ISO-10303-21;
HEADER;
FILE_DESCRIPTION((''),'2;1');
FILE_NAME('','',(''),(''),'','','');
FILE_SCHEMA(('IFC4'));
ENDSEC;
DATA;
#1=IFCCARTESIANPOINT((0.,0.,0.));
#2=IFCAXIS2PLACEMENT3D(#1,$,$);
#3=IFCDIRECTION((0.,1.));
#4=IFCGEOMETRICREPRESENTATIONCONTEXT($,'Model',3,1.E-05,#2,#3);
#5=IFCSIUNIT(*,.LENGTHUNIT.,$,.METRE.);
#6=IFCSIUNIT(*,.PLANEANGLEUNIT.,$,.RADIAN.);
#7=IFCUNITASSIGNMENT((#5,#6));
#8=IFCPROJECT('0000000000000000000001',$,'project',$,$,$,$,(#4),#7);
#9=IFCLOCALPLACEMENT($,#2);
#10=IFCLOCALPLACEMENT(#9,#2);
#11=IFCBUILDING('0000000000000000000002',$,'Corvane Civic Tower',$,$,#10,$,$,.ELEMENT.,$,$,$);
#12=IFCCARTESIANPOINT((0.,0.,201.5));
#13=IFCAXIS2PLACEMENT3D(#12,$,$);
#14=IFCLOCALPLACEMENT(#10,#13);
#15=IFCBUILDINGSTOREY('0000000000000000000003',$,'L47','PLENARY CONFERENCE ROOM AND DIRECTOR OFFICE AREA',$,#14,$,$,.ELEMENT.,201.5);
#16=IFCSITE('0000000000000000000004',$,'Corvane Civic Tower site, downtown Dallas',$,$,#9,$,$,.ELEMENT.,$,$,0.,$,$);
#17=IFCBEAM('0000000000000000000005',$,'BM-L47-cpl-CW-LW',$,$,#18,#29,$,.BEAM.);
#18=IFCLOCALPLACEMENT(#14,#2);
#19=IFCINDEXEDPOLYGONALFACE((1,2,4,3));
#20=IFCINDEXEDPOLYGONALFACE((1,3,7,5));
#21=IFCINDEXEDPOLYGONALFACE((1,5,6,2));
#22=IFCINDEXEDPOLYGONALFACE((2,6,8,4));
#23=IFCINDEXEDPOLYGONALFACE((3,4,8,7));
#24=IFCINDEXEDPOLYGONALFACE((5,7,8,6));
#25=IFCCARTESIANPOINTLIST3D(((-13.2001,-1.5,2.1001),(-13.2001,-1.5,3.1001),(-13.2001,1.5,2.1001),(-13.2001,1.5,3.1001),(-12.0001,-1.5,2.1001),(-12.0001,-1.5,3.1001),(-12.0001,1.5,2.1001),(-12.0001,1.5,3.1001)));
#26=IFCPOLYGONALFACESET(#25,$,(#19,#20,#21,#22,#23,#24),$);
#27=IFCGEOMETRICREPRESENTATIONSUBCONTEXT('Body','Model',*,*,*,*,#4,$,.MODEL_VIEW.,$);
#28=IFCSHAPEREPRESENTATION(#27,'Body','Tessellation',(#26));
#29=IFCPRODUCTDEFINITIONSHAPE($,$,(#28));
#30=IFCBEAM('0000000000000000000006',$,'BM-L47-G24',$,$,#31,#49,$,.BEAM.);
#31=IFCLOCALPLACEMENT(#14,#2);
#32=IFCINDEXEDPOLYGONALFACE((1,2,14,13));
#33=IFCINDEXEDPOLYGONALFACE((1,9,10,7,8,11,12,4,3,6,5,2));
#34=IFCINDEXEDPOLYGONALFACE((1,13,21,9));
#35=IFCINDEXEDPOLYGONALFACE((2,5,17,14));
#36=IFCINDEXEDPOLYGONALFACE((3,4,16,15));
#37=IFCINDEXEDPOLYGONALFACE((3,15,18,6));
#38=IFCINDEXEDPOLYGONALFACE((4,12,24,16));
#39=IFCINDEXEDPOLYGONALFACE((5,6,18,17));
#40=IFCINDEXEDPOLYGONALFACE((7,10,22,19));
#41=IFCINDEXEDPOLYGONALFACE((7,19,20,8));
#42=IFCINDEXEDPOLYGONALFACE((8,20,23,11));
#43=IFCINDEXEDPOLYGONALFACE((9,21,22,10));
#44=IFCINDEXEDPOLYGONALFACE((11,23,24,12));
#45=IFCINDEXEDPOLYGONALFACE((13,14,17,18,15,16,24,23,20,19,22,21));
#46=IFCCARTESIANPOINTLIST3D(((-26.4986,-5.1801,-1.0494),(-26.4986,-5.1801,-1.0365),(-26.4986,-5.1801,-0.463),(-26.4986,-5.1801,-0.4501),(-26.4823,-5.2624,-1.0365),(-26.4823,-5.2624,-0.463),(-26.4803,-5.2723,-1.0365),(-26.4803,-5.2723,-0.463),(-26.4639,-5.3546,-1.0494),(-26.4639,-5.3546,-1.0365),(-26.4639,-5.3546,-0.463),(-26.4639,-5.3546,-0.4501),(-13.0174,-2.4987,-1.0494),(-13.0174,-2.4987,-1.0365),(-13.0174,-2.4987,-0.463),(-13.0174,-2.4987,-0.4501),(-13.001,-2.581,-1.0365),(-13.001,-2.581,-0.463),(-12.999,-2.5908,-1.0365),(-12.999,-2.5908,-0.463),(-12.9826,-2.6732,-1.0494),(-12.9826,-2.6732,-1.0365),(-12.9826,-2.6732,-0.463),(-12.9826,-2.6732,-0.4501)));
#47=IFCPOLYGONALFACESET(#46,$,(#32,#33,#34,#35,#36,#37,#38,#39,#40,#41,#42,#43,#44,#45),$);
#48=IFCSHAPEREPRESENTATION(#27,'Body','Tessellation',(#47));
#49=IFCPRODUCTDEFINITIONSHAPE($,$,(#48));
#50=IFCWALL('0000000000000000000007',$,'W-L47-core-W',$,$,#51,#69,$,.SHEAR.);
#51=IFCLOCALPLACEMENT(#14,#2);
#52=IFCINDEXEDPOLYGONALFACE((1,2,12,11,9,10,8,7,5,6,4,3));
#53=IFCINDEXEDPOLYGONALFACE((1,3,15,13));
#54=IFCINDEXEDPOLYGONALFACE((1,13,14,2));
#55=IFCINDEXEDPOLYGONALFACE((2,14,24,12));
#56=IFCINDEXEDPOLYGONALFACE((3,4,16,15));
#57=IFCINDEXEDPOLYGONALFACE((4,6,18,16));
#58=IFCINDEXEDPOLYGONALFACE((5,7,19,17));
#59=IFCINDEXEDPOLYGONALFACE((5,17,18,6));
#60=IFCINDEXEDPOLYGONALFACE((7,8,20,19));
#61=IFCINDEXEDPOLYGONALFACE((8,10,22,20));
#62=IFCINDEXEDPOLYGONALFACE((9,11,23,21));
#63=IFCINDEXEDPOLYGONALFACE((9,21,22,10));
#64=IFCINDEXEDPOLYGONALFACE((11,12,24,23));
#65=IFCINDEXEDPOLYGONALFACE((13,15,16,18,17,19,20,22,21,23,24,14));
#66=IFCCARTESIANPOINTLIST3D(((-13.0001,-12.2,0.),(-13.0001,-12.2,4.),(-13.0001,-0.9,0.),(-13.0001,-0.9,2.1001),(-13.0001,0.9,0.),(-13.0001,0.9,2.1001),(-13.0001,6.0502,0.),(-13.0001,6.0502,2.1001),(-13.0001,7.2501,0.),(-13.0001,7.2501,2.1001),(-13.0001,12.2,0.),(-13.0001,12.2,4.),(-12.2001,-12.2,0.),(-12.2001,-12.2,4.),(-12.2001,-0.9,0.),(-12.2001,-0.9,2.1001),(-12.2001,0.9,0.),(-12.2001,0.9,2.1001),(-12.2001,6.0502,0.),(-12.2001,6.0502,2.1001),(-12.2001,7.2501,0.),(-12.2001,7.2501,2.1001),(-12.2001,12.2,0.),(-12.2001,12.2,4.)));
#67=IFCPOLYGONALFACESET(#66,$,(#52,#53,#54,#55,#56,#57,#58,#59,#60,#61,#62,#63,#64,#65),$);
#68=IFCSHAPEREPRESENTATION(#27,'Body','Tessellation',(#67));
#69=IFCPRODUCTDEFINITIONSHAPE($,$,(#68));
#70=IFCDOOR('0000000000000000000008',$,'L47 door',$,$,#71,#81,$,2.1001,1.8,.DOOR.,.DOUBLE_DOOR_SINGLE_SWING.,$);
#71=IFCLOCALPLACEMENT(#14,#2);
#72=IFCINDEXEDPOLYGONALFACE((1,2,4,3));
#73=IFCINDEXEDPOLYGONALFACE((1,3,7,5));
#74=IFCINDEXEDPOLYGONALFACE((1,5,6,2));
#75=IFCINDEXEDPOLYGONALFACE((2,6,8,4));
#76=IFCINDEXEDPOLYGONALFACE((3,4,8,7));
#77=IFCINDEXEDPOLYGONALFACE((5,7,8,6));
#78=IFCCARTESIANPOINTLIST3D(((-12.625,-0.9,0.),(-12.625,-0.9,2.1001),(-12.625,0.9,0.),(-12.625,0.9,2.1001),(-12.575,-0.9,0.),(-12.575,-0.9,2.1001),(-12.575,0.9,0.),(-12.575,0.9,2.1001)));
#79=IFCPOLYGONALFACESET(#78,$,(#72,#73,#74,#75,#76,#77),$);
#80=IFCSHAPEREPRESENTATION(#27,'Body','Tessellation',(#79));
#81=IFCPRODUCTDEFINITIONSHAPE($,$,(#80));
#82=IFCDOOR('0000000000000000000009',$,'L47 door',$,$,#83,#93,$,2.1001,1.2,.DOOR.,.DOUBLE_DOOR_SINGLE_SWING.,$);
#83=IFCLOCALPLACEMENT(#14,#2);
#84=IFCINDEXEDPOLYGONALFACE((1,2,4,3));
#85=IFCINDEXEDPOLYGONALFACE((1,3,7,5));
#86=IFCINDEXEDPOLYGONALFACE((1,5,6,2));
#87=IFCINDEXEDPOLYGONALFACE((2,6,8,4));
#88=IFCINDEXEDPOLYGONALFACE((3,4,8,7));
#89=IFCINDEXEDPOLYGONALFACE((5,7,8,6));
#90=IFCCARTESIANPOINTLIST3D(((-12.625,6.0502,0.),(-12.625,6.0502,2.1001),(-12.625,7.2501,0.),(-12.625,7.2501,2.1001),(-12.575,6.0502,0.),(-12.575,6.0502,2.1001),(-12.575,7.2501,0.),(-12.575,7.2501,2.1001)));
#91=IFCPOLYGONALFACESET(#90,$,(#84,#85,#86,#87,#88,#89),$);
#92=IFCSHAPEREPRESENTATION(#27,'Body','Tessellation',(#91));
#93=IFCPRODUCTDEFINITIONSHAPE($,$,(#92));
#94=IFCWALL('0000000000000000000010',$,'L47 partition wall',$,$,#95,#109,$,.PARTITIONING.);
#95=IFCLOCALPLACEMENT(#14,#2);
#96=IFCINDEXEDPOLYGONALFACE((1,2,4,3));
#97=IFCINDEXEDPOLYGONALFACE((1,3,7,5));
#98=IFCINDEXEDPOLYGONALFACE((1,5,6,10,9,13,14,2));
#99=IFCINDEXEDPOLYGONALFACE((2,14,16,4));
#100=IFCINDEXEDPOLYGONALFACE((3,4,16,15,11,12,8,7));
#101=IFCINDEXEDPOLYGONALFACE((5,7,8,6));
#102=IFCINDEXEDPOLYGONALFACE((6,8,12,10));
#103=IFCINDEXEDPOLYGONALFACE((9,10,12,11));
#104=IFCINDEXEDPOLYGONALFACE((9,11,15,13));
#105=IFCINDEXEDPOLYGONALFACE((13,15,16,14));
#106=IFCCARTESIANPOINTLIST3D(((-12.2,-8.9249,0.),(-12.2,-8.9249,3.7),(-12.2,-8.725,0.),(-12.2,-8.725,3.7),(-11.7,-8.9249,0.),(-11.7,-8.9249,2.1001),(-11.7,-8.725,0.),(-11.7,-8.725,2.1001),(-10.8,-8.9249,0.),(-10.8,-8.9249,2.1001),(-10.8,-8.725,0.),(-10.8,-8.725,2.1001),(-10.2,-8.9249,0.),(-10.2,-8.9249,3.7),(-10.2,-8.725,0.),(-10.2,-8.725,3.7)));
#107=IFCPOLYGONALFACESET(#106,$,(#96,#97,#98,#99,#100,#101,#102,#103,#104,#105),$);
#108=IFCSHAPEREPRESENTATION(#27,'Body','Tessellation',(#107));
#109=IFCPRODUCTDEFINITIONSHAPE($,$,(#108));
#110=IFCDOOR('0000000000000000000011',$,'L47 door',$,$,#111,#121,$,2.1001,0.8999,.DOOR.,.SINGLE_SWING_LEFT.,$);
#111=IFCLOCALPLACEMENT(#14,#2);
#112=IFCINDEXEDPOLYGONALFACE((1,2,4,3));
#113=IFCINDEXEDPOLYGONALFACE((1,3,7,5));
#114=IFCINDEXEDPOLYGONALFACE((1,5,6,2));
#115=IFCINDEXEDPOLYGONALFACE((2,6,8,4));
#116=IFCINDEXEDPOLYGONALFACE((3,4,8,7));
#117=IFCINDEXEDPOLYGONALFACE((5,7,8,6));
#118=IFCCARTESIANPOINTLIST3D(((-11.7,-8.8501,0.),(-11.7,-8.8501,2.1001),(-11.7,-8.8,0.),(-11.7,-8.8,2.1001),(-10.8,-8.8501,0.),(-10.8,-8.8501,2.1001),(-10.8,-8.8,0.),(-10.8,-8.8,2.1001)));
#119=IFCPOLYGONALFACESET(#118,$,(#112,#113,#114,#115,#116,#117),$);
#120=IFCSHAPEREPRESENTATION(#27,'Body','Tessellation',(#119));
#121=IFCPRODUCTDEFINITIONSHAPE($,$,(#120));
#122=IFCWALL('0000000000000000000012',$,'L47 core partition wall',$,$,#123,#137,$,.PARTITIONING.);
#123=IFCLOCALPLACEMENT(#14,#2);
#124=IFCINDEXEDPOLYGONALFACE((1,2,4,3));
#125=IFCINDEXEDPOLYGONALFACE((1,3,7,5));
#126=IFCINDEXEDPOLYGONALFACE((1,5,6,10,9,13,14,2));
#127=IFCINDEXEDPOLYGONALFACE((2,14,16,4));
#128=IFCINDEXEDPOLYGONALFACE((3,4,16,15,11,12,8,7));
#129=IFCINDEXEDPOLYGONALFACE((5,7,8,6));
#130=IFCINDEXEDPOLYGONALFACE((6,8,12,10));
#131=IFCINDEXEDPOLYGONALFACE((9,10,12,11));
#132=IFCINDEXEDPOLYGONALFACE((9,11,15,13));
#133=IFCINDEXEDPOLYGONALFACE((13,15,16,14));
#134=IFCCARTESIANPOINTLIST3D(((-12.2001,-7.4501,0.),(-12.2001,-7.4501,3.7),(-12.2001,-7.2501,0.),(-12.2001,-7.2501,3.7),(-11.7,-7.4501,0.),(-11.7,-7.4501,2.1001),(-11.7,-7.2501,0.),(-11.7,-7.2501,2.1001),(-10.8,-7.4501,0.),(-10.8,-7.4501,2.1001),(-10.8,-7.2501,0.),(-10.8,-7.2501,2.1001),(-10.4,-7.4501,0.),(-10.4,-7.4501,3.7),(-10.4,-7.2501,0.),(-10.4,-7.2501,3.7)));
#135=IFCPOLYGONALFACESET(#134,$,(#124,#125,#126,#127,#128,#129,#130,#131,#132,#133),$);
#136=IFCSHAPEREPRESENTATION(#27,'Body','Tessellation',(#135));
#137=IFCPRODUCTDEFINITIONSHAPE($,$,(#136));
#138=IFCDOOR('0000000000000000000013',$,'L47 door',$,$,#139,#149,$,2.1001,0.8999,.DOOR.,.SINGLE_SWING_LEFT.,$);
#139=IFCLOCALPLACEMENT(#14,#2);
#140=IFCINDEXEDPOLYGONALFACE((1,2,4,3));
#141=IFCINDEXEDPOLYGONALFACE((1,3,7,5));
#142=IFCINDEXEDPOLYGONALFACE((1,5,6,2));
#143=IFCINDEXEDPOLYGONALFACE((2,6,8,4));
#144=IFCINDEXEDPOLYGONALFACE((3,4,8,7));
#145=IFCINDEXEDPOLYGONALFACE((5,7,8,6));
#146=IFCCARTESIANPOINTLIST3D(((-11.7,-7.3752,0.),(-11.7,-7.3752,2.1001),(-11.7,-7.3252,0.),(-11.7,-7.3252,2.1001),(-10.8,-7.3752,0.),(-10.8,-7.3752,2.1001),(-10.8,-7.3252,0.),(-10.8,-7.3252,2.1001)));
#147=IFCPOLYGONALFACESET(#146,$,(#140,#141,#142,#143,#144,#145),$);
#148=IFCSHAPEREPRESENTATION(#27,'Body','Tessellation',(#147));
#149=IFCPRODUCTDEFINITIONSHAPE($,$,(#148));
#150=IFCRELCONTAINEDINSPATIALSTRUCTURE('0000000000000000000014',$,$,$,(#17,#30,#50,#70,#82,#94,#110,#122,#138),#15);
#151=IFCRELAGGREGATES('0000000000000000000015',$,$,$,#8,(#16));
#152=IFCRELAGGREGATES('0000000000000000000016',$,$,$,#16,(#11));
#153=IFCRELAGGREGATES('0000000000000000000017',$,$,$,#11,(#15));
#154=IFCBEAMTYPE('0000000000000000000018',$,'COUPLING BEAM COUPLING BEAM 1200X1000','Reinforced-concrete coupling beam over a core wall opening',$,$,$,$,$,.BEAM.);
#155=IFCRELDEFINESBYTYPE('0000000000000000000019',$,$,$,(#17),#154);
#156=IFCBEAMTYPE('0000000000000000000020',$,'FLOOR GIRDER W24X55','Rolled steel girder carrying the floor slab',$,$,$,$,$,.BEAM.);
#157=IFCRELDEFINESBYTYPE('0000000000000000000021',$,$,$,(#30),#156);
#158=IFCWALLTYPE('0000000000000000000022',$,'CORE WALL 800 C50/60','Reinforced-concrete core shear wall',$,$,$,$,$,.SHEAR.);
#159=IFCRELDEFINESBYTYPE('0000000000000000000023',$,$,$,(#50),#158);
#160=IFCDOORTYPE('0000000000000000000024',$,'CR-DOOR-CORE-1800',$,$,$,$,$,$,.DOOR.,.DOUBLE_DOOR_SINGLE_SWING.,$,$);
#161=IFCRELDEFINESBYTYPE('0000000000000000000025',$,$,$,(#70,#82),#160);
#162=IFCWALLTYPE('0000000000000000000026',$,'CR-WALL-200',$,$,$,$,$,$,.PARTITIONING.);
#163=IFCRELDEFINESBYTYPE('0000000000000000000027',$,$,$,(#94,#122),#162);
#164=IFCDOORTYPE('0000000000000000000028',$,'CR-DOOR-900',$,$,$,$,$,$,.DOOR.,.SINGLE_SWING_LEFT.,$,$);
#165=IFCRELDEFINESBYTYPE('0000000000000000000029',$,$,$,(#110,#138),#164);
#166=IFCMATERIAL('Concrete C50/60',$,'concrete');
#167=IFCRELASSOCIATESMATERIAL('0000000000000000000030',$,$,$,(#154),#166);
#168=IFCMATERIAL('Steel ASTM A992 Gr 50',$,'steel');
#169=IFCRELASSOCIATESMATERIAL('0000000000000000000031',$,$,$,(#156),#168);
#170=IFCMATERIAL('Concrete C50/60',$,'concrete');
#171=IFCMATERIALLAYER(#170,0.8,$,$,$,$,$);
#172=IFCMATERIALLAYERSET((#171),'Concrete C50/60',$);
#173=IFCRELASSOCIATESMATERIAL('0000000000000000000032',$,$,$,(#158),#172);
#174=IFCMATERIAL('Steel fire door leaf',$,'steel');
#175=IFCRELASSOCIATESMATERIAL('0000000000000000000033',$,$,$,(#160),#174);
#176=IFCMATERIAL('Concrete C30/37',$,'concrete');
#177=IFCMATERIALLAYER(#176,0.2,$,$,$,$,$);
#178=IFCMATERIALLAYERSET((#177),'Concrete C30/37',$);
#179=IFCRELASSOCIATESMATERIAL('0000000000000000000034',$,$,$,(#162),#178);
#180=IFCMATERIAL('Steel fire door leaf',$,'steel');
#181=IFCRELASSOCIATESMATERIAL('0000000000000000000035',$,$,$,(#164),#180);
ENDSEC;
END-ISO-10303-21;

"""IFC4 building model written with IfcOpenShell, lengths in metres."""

from ifc_helpers import new_model, si_unit, direction, frame, frame_2d, origin, origin_2d, place, context, subcontext, project, spatial, rectangle, i_section, extrude, material, layer, layer_set, material_profile, profile_set, type_object, element, fill, save


model = new_model("IFC4")

# Units and contexts
model_context = context("Model", 3, precision=1e-05, world=origin(), true_north=direction((0.0, 1.0)))
body_context = subcontext(model_context, "Body", "Model", "MODEL_VIEW")
ifc_project = project(units=[si_unit("LENGTHUNIT", "METRE"), si_unit("PLANEANGLEUNIT", "RADIAN")], contexts=[model_context])

# Site, building, storey
site_placement = place(None, origin())
site = spatial("IfcSite", under=ifc_project, at=site_placement, Name="Corvane Civic Tower site, downtown Dallas", CompositionType="ELEMENT", RefElevation=0.0)
building_placement = place(site_placement, origin())
building = spatial("IfcBuilding", under=site, at=building_placement, Name="Corvane Civic Tower", CompositionType="ELEMENT")
storey_placement = place(building_placement, frame((0.0, 0.0, 201.5)))
storey = spatial("IfcBuildingStorey", under=building, at=storey_placement, Name="L47", Description="PLENARY CONFERENCE ROOM AND DIRECTOR OFFICE AREA", CompositionType="ELEMENT", Elevation=201.5)

# Beams
ifc_material_1 = material(Name="Concrete C50/60", Category="concrete")
ifc_material_profile_1 = material_profile(ifc_material_1, rectangle(XDim=1.2, YDim=1.0, at=origin_2d()), Name="COUPLING BEAM 1200X1000")
ifc_profile_set_1 = profile_set([ifc_material_profile_1], Name="Concrete C50/60")
beam_type_1 = type_object("IfcBeamType", Name="COUPLING BEAM COUPLING BEAM 1200X1000", Description="Reinforced-concrete coupling beam over a core wall opening", PredefinedType="BEAM", material=ifc_profile_set_1)
beam_1_placement = place(storey_placement, frame((-12.6001, -1.5, 2.6001), z_axis=(0.0, 1.0, 0.0), x_axis=(-1.0, 0.0, 0.0)))
element("IfcBeam", 1, at=beam_1_placement, inside=storey, type_object=beam_type_1, Name="BM-L47-cpl-CW-LW", PredefinedType="BEAM", context=body_context, shape_type="SweptSolid", body=[
    extrude(rectangle(XDim=1.2, YDim=1.0, at=origin_2d()), origin(), (0.0, 0.0, 1.0), 3.0),
])
ifc_material_2 = material(Name="Steel ASTM A992 Gr 50", Category="steel")
ifc_material_profile_2 = material_profile(ifc_material_2, i_section(OverallWidth=0.178, OverallDepth=0.5994, WebThickness=0.01, FlangeThickness=0.0129, at=origin_2d()), Name="W24X55")
ifc_profile_set_2 = profile_set([ifc_material_profile_2], Name="Steel ASTM A992 Gr 50")
beam_type_2 = type_object("IfcBeamType", Name="FLOOR GIRDER W24X55", Description="Rolled steel girder carrying the floor slab", PredefinedType="BEAM", material=ifc_profile_set_2)
beam_2_placement = place(storey_placement, frame((-13.0, -2.5859, -0.7498), z_axis=(-0.980788, -0.195078, 0.0), x_axis=(0.195078, -0.980788, 0.0)))
element("IfcBeam", 2, at=beam_2_placement, inside=storey, type_object=beam_type_2, Name="BM-L47-G24", PredefinedType="BEAM", context=body_context, shape_type="SweptSolid", body=[
    extrude(i_section(OverallWidth=0.178, OverallDepth=0.5994, WebThickness=0.01, FlangeThickness=0.0129, at=origin_2d()), origin(), (0.0, 0.0, 1.0), 13.7454),
])

# Wall, openings, doors
ifc_material_3 = material(Name="Concrete C50/60", Category="concrete")
ifc_layer_1 = layer(ifc_material_3, 0.8)
ifc_layer_set_1 = layer_set([ifc_layer_1], Name="Concrete C50/60")
wall_type_1 = type_object("IfcWallType", Name="CORE WALL 800 C50/60", Description="Reinforced-concrete core shear wall", PredefinedType="SHEAR", material=ifc_layer_set_1)
wall_1_placement = place(storey_placement, frame((-12.6001, -12.2, 0.0), z_axis=(0.0, 0.0, 1.0), x_axis=(0.0, 1.0, 0.0)))
wall_1 = element("IfcWall", 3, at=wall_1_placement, inside=storey, type_object=wall_type_1, Name="W-L47-core-W", PredefinedType="SHEAR", context=body_context, shape_type="SweptSolid", body=[
    extrude(rectangle(XDim=24.3999, YDim=0.8, at=frame_2d((12.2, 0.0))), origin(), (0.0, 0.0, 1.0), 4.0),
])
opening_1_placement = place(wall_1_placement, frame((11.3, 0.0, 0.0)))
opening_1 = element("IfcOpeningElement", 4, at=opening_1_placement, cuts=wall_1, PredefinedType="OPENING", context=body_context, shape_type="SweptSolid", body=[
    extrude(rectangle(XDim=1.8, YDim=2.1001, at=frame_2d((0.8999, 1.05))), frame((0.0, 0.4099, 0.0), z_axis=(0.0, -1.0, 0.0), x_axis=(1.0, 0.0, 0.0)), (0.0, 0.0, 1.0), 0.8201),
])
opening_2_placement = place(wall_1_placement, frame((18.25, 0.0, 0.0)))
opening_2 = element("IfcOpeningElement", 5, at=opening_2_placement, cuts=wall_1, PredefinedType="OPENING", context=body_context, shape_type="SweptSolid", body=[
    extrude(rectangle(XDim=1.2, YDim=2.1001, at=frame_2d((0.6001, 1.05))), frame((0.0, 0.4099, 0.0), z_axis=(0.0, -1.0, 0.0), x_axis=(1.0, 0.0, 0.0)), (0.0, 0.0, 1.0), 0.8201),
])
ifc_material_4 = material(Name="Steel fire door leaf", Category="steel")
door_type_1 = type_object("IfcDoorType", Name="CR-DOOR-CORE-1800", OperationType="DOUBLE_DOOR_SINGLE_SWING", PredefinedType="DOOR", material=ifc_material_4)
door_1_placement = place(opening_1_placement, origin())
door_1 = element("IfcDoor", 6, at=door_1_placement, inside=storey, type_object=door_type_1, Name="L47 door", OperationType="DOUBLE_DOOR_SINGLE_SWING", OverallHeight=2.1001, OverallWidth=1.8, PredefinedType="DOOR", context=body_context, shape_type="SweptSolid", body=[
    extrude(rectangle(XDim=1.8, YDim=2.1001, at=frame_2d((0.8999, 1.05))), frame((0.0, 0.0249, 0.0), z_axis=(0.0, -1.0, 0.0), x_axis=(1.0, 0.0, 0.0)), (0.0, 0.0, 1.0), 0.05),
])
fill(opening_1, door_1)
door_2_placement = place(opening_2_placement, origin())
door_2 = element("IfcDoor", 7, at=door_2_placement, inside=storey, type_object=door_type_1, Name="L47 door", OperationType="DOUBLE_DOOR_SINGLE_SWING", OverallHeight=2.1001, OverallWidth=1.2, PredefinedType="DOOR", context=body_context, shape_type="SweptSolid", body=[
    extrude(rectangle(XDim=1.2, YDim=2.1001, at=frame_2d((0.6001, 1.05))), frame((0.0, 0.0249, 0.0), z_axis=(0.0, -1.0, 0.0), x_axis=(1.0, 0.0, 0.0)), (0.0, 0.0, 1.0), 0.05),
])
fill(opening_2, door_2)

# Walls, openings, doors
ifc_material_5 = material(Name="Concrete C30/37", Category="concrete")
ifc_layer_2 = layer(ifc_material_5, 0.2)
ifc_layer_set_2 = layer_set([ifc_layer_2], Name="Concrete C30/37")
wall_type_2 = type_object("IfcWallType", Name="CR-WALL-200", PredefinedType="PARTITIONING", material=ifc_layer_set_2)
wall_2_placement = place(storey_placement, frame((-12.2, -8.825, 0.0), z_axis=(0.0, 0.0, 1.0), x_axis=(1.0, 0.0, 0.0)))
wall_2 = element("IfcWall", 8, at=wall_2_placement, inside=storey, type_object=wall_type_2, Name="L47 partition wall", PredefinedType="PARTITIONING", context=body_context, shape_type="SweptSolid", body=[
    extrude(rectangle(XDim=2.0, YDim=0.2, at=frame_2d((1.0, 0.0))), origin(), (0.0, 0.0, 1.0), 3.7),
])
opening_3_placement = place(wall_2_placement, frame((0.5, 0.0, 0.0)))
opening_3 = element("IfcOpeningElement", 9, at=opening_3_placement, cuts=wall_2, PredefinedType="OPENING", context=body_context, shape_type="SweptSolid", body=[
    extrude(rectangle(XDim=0.8999, YDim=2.1001, at=frame_2d((0.45, 1.05))), frame((0.0, 0.1099, 0.0), z_axis=(0.0, -1.0, 0.0), x_axis=(1.0, 0.0, 0.0)), (0.0, 0.0, 1.0), 0.22),
])
ifc_material_6 = material(Name="Steel fire door leaf", Category="steel")
door_type_2 = type_object("IfcDoorType", Name="CR-DOOR-900", OperationType="SINGLE_SWING_LEFT", PredefinedType="DOOR", material=ifc_material_6)
door_3_placement = place(opening_3_placement, origin())
door_3 = element("IfcDoor", 10, at=door_3_placement, inside=storey, type_object=door_type_2, Name="L47 door", OperationType="SINGLE_SWING_LEFT", OverallHeight=2.1001, OverallWidth=0.8999, PredefinedType="DOOR", context=body_context, shape_type="SweptSolid", body=[
    extrude(rectangle(XDim=0.8999, YDim=2.1001, at=frame_2d((0.45, 1.05))), frame((0.0, 0.0249, 0.0), z_axis=(0.0, -1.0, 0.0), x_axis=(1.0, 0.0, 0.0)), (0.0, 0.0, 1.0), 0.05),
])
fill(opening_3, door_3)
wall_3_placement = place(storey_placement, frame((-12.2, -7.3501, 0.0), z_axis=(0.0, 0.0, 1.0), x_axis=(1.0, 0.0, 0.0)))
wall_3 = element("IfcWall", 11, at=wall_3_placement, inside=storey, type_object=wall_type_2, Name="L47 core partition wall", PredefinedType="PARTITIONING", context=body_context, shape_type="SweptSolid", body=[
    extrude(rectangle(XDim=1.8, YDim=0.2, at=frame_2d((0.8999, 0.0))), origin(), (0.0, 0.0, 1.0), 3.7),
])
opening_4_placement = place(wall_3_placement, frame((0.5, 0.0, 0.0)))
opening_4 = element("IfcOpeningElement", 12, at=opening_4_placement, cuts=wall_3, PredefinedType="OPENING", context=body_context, shape_type="SweptSolid", body=[
    extrude(rectangle(XDim=0.8999, YDim=2.1001, at=frame_2d((0.45, 1.05))), frame((0.0, 0.1099, 0.0), z_axis=(0.0, -1.0, 0.0), x_axis=(1.0, 0.0, 0.0)), (0.0, 0.0, 1.0), 0.22),
])
door_4_placement = place(opening_4_placement, origin())
door_4 = element("IfcDoor", 13, at=door_4_placement, inside=storey, type_object=door_type_2, Name="L47 door", OperationType="SINGLE_SWING_LEFT", OverallHeight=2.1001, OverallWidth=0.8999, PredefinedType="DOOR", context=body_context, shape_type="SweptSolid", body=[
    extrude(rectangle(XDim=0.8999, YDim=2.1001, at=frame_2d((0.45, 1.05))), frame((0.0, 0.0249, 0.0), z_axis=(0.0, -1.0, 0.0), x_axis=(1.0, 0.0, 0.0)), (0.0, 0.0, 1.0), 0.05),
])
fill(opening_4, door_4)

save(model, "model.ifc")
